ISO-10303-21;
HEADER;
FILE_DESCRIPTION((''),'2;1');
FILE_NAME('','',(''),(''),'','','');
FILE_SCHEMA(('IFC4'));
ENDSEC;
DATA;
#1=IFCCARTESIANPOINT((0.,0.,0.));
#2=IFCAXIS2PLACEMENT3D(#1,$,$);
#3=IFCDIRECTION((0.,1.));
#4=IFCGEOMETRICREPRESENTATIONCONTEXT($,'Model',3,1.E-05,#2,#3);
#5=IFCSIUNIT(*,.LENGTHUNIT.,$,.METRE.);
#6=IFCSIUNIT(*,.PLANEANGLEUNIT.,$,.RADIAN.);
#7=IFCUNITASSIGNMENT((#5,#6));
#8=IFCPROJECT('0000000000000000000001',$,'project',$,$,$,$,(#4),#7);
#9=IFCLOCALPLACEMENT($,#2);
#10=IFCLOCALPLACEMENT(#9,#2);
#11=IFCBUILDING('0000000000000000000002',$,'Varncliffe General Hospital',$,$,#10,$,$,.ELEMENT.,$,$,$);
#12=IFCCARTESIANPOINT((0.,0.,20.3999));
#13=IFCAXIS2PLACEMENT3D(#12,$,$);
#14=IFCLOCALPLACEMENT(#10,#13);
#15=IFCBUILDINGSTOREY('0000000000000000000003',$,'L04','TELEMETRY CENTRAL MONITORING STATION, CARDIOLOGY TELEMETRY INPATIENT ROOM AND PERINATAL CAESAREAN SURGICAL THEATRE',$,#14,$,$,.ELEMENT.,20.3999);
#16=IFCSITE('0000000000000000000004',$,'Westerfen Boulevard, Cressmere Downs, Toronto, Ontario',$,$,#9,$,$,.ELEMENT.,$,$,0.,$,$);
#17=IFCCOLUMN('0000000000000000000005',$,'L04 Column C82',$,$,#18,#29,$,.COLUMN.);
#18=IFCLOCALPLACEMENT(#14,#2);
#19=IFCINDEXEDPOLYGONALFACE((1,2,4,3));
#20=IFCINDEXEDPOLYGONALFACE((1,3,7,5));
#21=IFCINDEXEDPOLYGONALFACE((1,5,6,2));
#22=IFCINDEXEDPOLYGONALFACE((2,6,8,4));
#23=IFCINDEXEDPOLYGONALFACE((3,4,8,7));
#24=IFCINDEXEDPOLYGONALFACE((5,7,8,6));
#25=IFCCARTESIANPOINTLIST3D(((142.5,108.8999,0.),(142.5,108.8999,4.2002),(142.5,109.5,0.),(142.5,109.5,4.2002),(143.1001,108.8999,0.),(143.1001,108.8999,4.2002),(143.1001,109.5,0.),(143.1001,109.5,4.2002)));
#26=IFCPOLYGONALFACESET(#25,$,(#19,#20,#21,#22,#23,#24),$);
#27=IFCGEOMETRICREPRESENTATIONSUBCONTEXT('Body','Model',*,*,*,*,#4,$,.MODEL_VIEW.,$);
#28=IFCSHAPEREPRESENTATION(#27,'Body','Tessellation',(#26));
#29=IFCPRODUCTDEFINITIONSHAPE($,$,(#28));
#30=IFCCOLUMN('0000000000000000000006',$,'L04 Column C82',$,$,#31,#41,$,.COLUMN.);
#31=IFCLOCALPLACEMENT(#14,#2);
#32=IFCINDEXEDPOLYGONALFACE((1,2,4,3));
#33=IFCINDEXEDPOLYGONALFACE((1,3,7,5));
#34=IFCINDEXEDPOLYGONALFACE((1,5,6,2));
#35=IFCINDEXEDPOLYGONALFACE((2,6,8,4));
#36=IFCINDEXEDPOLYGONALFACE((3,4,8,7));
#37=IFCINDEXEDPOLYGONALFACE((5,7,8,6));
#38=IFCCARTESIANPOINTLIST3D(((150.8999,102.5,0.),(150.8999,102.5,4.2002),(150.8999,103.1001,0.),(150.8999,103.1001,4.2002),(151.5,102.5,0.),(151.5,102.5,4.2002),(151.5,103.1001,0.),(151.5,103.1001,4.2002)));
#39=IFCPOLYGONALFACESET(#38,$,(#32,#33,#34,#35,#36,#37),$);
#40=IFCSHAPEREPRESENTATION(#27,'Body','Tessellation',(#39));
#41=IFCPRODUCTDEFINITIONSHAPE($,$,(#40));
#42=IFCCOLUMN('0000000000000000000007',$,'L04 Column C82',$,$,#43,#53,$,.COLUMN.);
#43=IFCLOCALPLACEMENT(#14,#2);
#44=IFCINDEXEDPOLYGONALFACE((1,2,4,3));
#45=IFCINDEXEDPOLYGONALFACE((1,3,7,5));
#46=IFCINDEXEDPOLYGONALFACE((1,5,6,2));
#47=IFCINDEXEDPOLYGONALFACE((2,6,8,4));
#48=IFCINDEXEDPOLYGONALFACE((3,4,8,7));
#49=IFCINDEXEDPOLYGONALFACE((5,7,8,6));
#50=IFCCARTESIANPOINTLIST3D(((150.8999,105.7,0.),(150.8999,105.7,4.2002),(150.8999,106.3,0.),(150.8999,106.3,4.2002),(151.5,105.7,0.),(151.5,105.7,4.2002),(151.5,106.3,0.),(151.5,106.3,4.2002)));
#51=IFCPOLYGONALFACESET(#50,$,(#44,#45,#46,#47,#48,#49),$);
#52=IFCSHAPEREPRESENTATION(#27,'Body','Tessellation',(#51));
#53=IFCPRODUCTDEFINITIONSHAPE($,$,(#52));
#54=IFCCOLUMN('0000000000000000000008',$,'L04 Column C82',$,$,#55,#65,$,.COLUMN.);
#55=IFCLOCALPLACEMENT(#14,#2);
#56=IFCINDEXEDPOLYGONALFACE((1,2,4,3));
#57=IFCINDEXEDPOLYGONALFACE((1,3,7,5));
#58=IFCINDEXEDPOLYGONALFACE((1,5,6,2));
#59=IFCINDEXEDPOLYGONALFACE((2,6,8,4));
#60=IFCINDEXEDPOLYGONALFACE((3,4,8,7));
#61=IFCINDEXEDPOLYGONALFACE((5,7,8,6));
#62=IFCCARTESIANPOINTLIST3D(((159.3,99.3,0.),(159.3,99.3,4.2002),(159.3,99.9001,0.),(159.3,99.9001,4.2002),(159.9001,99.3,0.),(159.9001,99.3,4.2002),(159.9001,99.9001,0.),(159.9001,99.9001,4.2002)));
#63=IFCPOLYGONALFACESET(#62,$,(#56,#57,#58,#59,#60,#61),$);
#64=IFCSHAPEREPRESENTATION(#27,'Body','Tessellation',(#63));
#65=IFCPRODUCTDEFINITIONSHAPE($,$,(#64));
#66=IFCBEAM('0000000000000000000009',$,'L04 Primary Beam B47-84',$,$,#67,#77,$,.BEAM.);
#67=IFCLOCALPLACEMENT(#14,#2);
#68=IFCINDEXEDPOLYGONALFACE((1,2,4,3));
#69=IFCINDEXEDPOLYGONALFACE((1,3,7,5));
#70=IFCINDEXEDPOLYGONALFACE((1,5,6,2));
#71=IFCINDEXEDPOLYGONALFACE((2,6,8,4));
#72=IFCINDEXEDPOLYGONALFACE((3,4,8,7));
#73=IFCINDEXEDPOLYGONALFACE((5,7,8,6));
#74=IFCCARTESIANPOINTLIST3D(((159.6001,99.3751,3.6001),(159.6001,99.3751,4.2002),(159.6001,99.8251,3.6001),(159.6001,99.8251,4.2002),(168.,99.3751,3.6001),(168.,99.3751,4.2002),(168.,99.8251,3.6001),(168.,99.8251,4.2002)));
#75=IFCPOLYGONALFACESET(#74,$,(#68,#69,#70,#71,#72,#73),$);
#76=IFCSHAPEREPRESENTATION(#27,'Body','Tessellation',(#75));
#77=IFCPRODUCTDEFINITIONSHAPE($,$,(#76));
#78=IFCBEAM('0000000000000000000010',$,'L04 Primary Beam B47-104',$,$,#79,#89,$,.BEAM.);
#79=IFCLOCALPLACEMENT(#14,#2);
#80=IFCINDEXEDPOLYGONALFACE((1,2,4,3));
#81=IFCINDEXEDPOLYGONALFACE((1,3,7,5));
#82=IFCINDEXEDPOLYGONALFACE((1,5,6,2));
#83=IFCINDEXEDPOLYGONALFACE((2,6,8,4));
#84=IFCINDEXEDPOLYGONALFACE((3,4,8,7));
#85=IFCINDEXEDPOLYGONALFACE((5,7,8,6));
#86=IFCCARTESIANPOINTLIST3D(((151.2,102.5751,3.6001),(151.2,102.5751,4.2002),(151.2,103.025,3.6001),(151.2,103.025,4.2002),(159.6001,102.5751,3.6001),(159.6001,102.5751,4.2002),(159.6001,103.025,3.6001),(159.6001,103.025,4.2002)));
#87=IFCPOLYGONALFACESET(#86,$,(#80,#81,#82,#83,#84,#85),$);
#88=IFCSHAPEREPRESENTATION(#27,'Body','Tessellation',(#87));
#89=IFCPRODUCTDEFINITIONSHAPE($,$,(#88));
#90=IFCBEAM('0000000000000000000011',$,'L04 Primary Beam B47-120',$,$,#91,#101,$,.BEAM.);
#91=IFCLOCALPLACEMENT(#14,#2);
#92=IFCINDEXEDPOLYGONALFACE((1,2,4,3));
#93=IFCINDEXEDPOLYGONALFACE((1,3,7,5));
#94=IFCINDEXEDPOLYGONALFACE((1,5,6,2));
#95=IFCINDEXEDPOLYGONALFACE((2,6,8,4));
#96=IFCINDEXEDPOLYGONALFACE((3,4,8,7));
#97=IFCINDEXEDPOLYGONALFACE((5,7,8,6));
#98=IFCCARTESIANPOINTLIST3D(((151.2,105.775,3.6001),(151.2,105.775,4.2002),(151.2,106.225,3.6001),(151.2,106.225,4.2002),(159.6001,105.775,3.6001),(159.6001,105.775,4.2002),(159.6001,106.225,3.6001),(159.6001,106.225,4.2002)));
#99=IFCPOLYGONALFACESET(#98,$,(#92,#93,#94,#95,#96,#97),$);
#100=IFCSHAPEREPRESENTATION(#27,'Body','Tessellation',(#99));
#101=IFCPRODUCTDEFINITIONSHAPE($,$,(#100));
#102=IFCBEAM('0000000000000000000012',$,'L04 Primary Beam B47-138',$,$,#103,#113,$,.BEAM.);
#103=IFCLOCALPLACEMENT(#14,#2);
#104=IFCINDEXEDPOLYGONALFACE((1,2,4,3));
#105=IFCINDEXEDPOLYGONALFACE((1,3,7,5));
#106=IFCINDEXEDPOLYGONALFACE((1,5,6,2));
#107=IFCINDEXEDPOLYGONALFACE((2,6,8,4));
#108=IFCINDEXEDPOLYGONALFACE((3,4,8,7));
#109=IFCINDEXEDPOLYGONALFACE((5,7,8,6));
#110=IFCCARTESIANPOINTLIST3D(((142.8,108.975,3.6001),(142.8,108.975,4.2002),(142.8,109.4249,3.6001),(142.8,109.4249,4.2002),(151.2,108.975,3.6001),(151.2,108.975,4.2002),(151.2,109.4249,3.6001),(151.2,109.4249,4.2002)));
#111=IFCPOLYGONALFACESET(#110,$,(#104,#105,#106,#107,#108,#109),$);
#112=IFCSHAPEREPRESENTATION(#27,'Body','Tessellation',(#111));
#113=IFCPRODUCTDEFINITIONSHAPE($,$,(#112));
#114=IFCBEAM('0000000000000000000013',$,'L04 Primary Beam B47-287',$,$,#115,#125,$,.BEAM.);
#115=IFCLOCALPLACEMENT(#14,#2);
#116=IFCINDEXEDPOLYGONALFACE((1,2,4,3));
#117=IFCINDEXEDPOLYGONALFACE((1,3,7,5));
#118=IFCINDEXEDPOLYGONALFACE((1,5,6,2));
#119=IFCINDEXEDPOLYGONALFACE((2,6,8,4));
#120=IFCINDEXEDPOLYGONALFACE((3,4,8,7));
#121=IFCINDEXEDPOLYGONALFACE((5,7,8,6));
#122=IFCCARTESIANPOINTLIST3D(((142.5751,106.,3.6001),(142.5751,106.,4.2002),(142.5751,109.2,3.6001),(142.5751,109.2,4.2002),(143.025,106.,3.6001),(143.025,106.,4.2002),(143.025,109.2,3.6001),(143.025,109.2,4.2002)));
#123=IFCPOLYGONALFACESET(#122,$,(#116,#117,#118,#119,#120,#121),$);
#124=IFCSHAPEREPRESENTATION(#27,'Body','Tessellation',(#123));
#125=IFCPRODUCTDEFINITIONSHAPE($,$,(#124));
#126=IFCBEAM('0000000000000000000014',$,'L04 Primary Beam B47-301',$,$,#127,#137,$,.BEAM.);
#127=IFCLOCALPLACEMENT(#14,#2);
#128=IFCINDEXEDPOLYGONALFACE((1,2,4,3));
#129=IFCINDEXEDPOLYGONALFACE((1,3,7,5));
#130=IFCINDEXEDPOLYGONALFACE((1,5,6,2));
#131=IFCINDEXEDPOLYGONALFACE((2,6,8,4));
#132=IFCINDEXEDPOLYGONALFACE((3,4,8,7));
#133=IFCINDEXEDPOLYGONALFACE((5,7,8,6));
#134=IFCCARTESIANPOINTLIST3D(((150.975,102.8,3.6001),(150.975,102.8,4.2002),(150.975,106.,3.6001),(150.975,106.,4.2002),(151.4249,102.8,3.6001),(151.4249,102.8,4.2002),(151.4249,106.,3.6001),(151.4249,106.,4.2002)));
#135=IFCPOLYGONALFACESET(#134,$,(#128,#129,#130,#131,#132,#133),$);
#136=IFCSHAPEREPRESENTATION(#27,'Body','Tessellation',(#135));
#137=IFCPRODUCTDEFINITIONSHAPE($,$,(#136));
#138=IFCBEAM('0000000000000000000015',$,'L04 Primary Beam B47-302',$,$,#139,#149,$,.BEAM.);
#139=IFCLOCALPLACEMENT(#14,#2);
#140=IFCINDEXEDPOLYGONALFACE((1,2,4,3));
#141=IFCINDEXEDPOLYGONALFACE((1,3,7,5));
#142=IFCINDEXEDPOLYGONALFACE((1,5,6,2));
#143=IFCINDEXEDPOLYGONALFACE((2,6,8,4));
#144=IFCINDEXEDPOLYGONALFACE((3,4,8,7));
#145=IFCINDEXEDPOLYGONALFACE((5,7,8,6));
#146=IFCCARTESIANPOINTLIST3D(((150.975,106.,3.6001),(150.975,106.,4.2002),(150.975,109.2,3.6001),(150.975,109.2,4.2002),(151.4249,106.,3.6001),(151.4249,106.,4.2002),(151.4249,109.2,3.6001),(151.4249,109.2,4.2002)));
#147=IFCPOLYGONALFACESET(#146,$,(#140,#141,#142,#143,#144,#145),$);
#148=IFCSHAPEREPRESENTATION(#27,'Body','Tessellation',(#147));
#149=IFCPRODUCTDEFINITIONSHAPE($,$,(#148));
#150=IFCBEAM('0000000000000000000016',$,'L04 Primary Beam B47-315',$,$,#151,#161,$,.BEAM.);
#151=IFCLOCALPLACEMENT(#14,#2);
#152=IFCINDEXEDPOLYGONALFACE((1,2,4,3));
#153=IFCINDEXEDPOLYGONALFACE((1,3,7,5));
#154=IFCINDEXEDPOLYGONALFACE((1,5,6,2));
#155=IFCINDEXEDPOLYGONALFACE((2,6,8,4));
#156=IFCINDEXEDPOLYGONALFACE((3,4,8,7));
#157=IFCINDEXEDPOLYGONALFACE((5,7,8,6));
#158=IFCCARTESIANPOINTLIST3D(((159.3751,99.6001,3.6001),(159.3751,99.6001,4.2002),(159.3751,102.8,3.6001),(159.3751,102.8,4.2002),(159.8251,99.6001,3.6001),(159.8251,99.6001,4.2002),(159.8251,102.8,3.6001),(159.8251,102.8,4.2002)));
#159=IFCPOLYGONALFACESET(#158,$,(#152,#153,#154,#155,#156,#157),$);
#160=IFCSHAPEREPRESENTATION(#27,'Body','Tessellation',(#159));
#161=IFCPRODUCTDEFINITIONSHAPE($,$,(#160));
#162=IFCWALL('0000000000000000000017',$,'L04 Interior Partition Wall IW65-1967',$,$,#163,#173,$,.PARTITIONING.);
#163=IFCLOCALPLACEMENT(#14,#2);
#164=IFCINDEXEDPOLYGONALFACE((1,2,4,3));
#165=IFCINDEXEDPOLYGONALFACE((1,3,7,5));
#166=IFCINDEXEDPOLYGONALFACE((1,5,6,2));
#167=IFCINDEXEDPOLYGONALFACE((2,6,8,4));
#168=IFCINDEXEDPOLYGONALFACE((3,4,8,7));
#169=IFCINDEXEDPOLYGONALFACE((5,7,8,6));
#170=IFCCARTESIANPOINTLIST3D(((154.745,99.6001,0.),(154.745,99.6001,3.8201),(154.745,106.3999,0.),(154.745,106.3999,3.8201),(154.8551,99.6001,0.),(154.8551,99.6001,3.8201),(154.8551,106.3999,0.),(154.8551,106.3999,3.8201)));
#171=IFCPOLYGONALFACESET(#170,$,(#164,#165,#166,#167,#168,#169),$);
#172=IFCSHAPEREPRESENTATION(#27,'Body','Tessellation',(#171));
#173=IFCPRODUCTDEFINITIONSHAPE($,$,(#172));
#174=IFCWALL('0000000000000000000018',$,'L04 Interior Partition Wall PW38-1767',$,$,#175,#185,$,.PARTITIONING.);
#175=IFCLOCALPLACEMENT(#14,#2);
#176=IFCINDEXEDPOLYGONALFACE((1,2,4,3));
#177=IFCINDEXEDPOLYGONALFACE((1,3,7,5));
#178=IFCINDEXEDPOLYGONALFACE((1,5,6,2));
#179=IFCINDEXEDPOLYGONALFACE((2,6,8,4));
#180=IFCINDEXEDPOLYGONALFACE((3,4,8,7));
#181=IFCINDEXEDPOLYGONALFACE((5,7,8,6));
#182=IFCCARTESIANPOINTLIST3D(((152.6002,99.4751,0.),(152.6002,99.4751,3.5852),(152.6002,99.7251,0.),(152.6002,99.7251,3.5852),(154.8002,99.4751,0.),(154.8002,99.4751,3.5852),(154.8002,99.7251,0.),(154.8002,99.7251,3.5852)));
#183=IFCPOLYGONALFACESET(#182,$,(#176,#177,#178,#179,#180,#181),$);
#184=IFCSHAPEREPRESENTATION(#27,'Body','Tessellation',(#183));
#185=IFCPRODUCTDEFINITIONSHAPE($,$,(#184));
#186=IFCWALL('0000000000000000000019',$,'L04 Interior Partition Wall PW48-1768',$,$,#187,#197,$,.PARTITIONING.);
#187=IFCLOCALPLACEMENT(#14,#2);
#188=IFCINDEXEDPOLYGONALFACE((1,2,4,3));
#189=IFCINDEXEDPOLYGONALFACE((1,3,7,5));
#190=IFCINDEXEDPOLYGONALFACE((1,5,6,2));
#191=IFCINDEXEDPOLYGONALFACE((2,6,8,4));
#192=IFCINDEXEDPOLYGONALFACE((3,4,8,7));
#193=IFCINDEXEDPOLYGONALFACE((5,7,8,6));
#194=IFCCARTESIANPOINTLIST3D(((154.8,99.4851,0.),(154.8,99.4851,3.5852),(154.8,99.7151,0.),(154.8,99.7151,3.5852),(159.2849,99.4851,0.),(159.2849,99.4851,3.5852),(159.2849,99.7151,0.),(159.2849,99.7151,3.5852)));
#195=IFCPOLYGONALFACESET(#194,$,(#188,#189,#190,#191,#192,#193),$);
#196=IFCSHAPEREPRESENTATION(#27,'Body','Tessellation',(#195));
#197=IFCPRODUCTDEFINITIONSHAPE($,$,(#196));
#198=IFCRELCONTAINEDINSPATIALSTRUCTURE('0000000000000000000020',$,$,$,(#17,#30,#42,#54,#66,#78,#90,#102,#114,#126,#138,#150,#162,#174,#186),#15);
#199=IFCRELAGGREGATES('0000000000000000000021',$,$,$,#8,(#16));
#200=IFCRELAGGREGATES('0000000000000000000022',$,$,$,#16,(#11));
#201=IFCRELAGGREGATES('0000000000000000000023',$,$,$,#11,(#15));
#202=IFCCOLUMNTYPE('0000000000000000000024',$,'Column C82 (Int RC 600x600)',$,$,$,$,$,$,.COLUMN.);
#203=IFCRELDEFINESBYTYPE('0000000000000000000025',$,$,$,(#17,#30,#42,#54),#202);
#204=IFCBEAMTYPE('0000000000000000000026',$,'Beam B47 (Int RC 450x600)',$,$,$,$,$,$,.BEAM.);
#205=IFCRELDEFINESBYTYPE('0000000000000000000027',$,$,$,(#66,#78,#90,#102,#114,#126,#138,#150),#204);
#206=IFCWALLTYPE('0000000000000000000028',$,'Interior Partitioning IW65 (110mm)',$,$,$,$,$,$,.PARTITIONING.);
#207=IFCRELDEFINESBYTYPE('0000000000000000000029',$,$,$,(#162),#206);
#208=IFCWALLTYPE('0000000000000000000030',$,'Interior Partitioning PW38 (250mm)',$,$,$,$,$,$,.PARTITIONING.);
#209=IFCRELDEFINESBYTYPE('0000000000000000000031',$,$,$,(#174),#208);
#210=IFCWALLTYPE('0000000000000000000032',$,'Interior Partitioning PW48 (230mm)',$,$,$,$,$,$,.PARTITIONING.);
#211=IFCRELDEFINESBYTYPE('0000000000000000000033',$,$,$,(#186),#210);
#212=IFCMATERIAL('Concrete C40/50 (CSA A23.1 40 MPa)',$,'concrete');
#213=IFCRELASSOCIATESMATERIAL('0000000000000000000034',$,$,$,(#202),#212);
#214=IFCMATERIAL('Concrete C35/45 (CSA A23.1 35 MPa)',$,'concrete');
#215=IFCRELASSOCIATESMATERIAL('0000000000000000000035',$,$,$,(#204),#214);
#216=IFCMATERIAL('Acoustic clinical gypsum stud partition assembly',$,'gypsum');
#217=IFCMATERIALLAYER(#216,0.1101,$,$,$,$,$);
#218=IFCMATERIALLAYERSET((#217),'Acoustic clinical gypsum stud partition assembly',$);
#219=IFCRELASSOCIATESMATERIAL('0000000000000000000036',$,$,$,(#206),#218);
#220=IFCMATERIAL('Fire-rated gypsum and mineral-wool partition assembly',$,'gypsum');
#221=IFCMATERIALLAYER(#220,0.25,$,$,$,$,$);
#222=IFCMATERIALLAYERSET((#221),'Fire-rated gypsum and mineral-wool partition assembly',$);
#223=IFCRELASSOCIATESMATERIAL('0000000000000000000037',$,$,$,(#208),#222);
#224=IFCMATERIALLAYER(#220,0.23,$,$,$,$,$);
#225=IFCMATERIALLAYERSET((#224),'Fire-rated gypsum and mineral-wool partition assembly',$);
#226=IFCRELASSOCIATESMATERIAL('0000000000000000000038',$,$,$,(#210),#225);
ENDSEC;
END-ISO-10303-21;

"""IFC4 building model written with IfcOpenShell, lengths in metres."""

from ifc_helpers import new_model, si_unit, direction, frame, frame_2d, origin, origin_2d, place, context, subcontext, project, spatial, rectangle, extrude, material, layer, layer_set, material_profile, profile_set, type_object, element, save


model = new_model("IFC4")

# Units and contexts
model_context = context("Model", 3, precision=1e-05, world=origin(), true_north=direction((0.0, 1.0)))
body_context = subcontext(model_context, "Body", "Model", "MODEL_VIEW")
ifc_project = project(units=[si_unit("LENGTHUNIT", "METRE"), si_unit("PLANEANGLEUNIT", "RADIAN")], contexts=[model_context])

# Site, building, storey
site_placement = place(None, origin())
site = spatial("IfcSite", under=ifc_project, at=site_placement, Name="Westerfen Boulevard, Cressmere Downs, Toronto, Ontario", CompositionType="ELEMENT", RefElevation=0.0)
building_placement = place(site_placement, origin())
building = spatial("IfcBuilding", under=site, at=building_placement, Name="Varncliffe General Hospital", CompositionType="ELEMENT")
storey_placement = place(building_placement, frame((0.0, 0.0, 20.3999)))
storey = spatial("IfcBuildingStorey", under=building, at=storey_placement, Name="L04", Description="TELEMETRY CENTRAL MONITORING STATION, CARDIOLOGY TELEMETRY INPATIENT ROOM AND PERINATAL CAESAREAN SURGICAL THEATRE", CompositionType="ELEMENT", Elevation=20.3999)

# Columns
ifc_material_1 = material(Name="Concrete C40/50 (CSA A23.1 40 MPa)", Category="concrete")
ifc_material_profile_1 = material_profile(ifc_material_1, rectangle(XDim=0.6001, YDim=0.6001, at=origin_2d()), Name="RC 600x600")
ifc_profile_set_1 = profile_set([ifc_material_profile_1], Name="Concrete C40/50 (CSA A23.1 40 MPa)")
column_type = type_object("IfcColumnType", Name="Column C82 (Int RC 600x600)", PredefinedType="COLUMN", material=ifc_profile_set_1)
for number, where, z_axis, x_axis, name in (
    (1, (142.8, 109.2, 0.0), (0.0, 0.0, 1.0), (1.0, 0.0, 0.0), "L04 Column C82"),
    (2, (151.2, 102.8, 0.0), (0.0, 0.0, 1.0), (1.0, 0.0, 0.0), "L04 Column C82"),
    (3, (151.2, 106.0, 0.0), (0.0, 0.0, 1.0), (1.0, 0.0, 0.0), "L04 Column C82"),
    (4, (159.6001, 99.6001, 0.0), (0.0, 0.0, 1.0), (1.0, 0.0, 0.0), "L04 Column C82"),
):
    element("IfcColumn", number, at=place(storey_placement, frame(where, z_axis=z_axis, x_axis=x_axis)), inside=storey, type_object=column_type, Name=name, PredefinedType="COLUMN", context=body_context, shape_type="SweptSolid", body=[
        extrude(rectangle(XDim=0.6001, YDim=0.6001, at=origin_2d()), origin(), (0.0, 0.0, 1.0), 4.2002),
    ])

# Beams
ifc_material_2 = material(Name="Concrete C35/45 (CSA A23.1 35 MPa)", Category="concrete")
ifc_material_profile_2 = material_profile(ifc_material_2, rectangle(XDim=0.45, YDim=0.6001, at=origin_2d()), Name="RC 450x600")
ifc_profile_set_2 = profile_set([ifc_material_profile_2], Name="Concrete C35/45 (CSA A23.1 35 MPa)")
beam_type = type_object("IfcBeamType", Name="Beam B47 (Int RC 450x600)", PredefinedType="BEAM", material=ifc_profile_set_2)
beam_1_placement = place(storey_placement, frame((159.6001, 99.6001, 3.9001), z_axis=(1.0, 0.0, 0.0), x_axis=(0.0, 1.0, 0.0)))
element("IfcBeam", 5, at=beam_1_placement, inside=storey, type_object=beam_type, Name="L04 Primary Beam B47-84", PredefinedType="BEAM", context=body_context, shape_type="SweptSolid", body=[
    extrude(rectangle(XDim=0.45, YDim=0.6001, at=origin_2d()), origin(), (0.0, 0.0, 1.0), 8.3999),
])
for number, where, z_axis, x_axis, name in (
    (6, (151.2, 102.8, 3.9001), (1.0, 0.0, 0.0), (0.0, 1.0, 0.0), "L04 Primary Beam B47-104"),
    (7, (151.2, 106.0, 3.9001), (1.0, 0.0, 0.0), (0.0, 1.0, 0.0), "L04 Primary Beam B47-120"),
):
    element("IfcBeam", number, at=place(storey_placement, frame(where, z_axis=z_axis, x_axis=x_axis)), inside=storey, type_object=beam_type, Name=name, PredefinedType="BEAM", context=body_context, shape_type="SweptSolid", body=[
        extrude(rectangle(XDim=0.45, YDim=0.6001, at=origin_2d()), origin(), (0.0, 0.0, 1.0), 8.4001),
    ])
beam_2_placement = place(storey_placement, frame((142.8, 109.2, 3.9001), z_axis=(1.0, 0.0, 0.0), x_axis=(0.0, 1.0, 0.0)))
element("IfcBeam", 8, at=beam_2_placement, inside=storey, type_object=beam_type, Name="L04 Primary Beam B47-138", PredefinedType="BEAM", context=body_context, shape_type="SweptSolid", body=[
    extrude(rectangle(XDim=0.45, YDim=0.6001, at=origin_2d()), origin(), (0.0, 0.0, 1.0), 8.3999),
])
for number, where, z_axis, x_axis, name in (
    (9, (142.8, 106.0, 3.9001), (0.0, 1.0, 0.0), (-1.0, 0.0, 0.0), "L04 Primary Beam B47-287"),
    (10, (151.2, 102.8, 3.9001), (0.0, 1.0, 0.0), (-1.0, 0.0, 0.0), "L04 Primary Beam B47-301"),
    (11, (151.2, 106.0, 3.9001), (0.0, 1.0, 0.0), (-1.0, 0.0, 0.0), "L04 Primary Beam B47-302"),
    (12, (159.6001, 99.6001, 3.9001), (0.0, 1.0, 0.0), (-1.0, 0.0, 0.0), "L04 Primary Beam B47-315"),
):
    element("IfcBeam", number, at=place(storey_placement, frame(where, z_axis=z_axis, x_axis=x_axis)), inside=storey, type_object=beam_type, Name=name, PredefinedType="BEAM", context=body_context, shape_type="SweptSolid", body=[
        extrude(rectangle(XDim=0.45, YDim=0.6001, at=origin_2d()), origin(), (0.0, 0.0, 1.0), 3.2),
    ])

# Walls
ifc_material_3 = material(Name="Acoustic clinical gypsum stud partition assembly", Category="gypsum")
ifc_layer_1 = layer(ifc_material_3, 0.1101)
ifc_layer_set_1 = layer_set([ifc_layer_1], Name="Acoustic clinical gypsum stud partition assembly")
wall_type_1 = type_object("IfcWallType", Name="Interior Partitioning IW65 (110mm)", PredefinedType="PARTITIONING", material=ifc_layer_set_1)
wall_1_placement = place(storey_placement, frame((154.8, 99.6001, 0.0), z_axis=(0.0, 0.0, 1.0), x_axis=(0.0, 1.0, 0.0)))
element("IfcWall", 13, at=wall_1_placement, inside=storey, type_object=wall_type_1, Name="L04 Interior Partition Wall IW65-1967", PredefinedType="PARTITIONING", context=body_context, shape_type="SweptSolid", body=[
    extrude(rectangle(XDim=6.7998, YDim=0.1101, at=frame_2d((3.3999, 0.0))), origin(), (0.0, 0.0, 1.0), 3.8201),
])
ifc_material_4 = material(Name="Fire-rated gypsum and mineral-wool partition assembly", Category="gypsum")
ifc_layer_2 = layer(ifc_material_4, 0.25)
ifc_layer_set_2 = layer_set([ifc_layer_2], Name="Fire-rated gypsum and mineral-wool partition assembly")
wall_type_2 = type_object("IfcWallType", Name="Interior Partitioning PW38 (250mm)", PredefinedType="PARTITIONING", material=ifc_layer_set_2)
wall_2_placement = place(storey_placement, frame((152.6001, 99.6001, 0.0), z_axis=(0.0, 0.0, 1.0), x_axis=(1.0, 0.0, 0.0)))
element("IfcWall", 14, at=wall_2_placement, inside=storey, type_object=wall_type_2, Name="L04 Interior Partition Wall PW38-1767", PredefinedType="PARTITIONING", context=body_context, shape_type="SweptSolid", body=[
    extrude(rectangle(XDim=2.2, YDim=0.25, at=frame_2d((1.1001, 0.0))), origin(), (0.0, 0.0, 1.0), 3.5852),
])
ifc_layer_3 = layer(ifc_material_4, 0.23)
ifc_layer_set_3 = layer_set([ifc_layer_3], Name="Fire-rated gypsum and mineral-wool partition assembly")
wall_type_3 = type_object("IfcWallType", Name="Interior Partitioning PW48 (230mm)", PredefinedType="PARTITIONING", material=ifc_layer_set_3)
wall_3_placement = place(storey_placement, frame((154.8, 99.6001, 0.0), z_axis=(0.0, 0.0, 1.0), x_axis=(1.0, 0.0, 0.0)))
element("IfcWall", 15, at=wall_3_placement, inside=storey, type_object=wall_type_3, Name="L04 Interior Partition Wall PW48-1768", PredefinedType="PARTITIONING", context=body_context, shape_type="SweptSolid", body=[
    extrude(rectangle(XDim=4.4849, YDim=0.23, at=frame_2d((2.2424, 0.0))), origin(), (0.0, 0.0, 1.0), 3.5852),
])

save(model, "model.ifc")
